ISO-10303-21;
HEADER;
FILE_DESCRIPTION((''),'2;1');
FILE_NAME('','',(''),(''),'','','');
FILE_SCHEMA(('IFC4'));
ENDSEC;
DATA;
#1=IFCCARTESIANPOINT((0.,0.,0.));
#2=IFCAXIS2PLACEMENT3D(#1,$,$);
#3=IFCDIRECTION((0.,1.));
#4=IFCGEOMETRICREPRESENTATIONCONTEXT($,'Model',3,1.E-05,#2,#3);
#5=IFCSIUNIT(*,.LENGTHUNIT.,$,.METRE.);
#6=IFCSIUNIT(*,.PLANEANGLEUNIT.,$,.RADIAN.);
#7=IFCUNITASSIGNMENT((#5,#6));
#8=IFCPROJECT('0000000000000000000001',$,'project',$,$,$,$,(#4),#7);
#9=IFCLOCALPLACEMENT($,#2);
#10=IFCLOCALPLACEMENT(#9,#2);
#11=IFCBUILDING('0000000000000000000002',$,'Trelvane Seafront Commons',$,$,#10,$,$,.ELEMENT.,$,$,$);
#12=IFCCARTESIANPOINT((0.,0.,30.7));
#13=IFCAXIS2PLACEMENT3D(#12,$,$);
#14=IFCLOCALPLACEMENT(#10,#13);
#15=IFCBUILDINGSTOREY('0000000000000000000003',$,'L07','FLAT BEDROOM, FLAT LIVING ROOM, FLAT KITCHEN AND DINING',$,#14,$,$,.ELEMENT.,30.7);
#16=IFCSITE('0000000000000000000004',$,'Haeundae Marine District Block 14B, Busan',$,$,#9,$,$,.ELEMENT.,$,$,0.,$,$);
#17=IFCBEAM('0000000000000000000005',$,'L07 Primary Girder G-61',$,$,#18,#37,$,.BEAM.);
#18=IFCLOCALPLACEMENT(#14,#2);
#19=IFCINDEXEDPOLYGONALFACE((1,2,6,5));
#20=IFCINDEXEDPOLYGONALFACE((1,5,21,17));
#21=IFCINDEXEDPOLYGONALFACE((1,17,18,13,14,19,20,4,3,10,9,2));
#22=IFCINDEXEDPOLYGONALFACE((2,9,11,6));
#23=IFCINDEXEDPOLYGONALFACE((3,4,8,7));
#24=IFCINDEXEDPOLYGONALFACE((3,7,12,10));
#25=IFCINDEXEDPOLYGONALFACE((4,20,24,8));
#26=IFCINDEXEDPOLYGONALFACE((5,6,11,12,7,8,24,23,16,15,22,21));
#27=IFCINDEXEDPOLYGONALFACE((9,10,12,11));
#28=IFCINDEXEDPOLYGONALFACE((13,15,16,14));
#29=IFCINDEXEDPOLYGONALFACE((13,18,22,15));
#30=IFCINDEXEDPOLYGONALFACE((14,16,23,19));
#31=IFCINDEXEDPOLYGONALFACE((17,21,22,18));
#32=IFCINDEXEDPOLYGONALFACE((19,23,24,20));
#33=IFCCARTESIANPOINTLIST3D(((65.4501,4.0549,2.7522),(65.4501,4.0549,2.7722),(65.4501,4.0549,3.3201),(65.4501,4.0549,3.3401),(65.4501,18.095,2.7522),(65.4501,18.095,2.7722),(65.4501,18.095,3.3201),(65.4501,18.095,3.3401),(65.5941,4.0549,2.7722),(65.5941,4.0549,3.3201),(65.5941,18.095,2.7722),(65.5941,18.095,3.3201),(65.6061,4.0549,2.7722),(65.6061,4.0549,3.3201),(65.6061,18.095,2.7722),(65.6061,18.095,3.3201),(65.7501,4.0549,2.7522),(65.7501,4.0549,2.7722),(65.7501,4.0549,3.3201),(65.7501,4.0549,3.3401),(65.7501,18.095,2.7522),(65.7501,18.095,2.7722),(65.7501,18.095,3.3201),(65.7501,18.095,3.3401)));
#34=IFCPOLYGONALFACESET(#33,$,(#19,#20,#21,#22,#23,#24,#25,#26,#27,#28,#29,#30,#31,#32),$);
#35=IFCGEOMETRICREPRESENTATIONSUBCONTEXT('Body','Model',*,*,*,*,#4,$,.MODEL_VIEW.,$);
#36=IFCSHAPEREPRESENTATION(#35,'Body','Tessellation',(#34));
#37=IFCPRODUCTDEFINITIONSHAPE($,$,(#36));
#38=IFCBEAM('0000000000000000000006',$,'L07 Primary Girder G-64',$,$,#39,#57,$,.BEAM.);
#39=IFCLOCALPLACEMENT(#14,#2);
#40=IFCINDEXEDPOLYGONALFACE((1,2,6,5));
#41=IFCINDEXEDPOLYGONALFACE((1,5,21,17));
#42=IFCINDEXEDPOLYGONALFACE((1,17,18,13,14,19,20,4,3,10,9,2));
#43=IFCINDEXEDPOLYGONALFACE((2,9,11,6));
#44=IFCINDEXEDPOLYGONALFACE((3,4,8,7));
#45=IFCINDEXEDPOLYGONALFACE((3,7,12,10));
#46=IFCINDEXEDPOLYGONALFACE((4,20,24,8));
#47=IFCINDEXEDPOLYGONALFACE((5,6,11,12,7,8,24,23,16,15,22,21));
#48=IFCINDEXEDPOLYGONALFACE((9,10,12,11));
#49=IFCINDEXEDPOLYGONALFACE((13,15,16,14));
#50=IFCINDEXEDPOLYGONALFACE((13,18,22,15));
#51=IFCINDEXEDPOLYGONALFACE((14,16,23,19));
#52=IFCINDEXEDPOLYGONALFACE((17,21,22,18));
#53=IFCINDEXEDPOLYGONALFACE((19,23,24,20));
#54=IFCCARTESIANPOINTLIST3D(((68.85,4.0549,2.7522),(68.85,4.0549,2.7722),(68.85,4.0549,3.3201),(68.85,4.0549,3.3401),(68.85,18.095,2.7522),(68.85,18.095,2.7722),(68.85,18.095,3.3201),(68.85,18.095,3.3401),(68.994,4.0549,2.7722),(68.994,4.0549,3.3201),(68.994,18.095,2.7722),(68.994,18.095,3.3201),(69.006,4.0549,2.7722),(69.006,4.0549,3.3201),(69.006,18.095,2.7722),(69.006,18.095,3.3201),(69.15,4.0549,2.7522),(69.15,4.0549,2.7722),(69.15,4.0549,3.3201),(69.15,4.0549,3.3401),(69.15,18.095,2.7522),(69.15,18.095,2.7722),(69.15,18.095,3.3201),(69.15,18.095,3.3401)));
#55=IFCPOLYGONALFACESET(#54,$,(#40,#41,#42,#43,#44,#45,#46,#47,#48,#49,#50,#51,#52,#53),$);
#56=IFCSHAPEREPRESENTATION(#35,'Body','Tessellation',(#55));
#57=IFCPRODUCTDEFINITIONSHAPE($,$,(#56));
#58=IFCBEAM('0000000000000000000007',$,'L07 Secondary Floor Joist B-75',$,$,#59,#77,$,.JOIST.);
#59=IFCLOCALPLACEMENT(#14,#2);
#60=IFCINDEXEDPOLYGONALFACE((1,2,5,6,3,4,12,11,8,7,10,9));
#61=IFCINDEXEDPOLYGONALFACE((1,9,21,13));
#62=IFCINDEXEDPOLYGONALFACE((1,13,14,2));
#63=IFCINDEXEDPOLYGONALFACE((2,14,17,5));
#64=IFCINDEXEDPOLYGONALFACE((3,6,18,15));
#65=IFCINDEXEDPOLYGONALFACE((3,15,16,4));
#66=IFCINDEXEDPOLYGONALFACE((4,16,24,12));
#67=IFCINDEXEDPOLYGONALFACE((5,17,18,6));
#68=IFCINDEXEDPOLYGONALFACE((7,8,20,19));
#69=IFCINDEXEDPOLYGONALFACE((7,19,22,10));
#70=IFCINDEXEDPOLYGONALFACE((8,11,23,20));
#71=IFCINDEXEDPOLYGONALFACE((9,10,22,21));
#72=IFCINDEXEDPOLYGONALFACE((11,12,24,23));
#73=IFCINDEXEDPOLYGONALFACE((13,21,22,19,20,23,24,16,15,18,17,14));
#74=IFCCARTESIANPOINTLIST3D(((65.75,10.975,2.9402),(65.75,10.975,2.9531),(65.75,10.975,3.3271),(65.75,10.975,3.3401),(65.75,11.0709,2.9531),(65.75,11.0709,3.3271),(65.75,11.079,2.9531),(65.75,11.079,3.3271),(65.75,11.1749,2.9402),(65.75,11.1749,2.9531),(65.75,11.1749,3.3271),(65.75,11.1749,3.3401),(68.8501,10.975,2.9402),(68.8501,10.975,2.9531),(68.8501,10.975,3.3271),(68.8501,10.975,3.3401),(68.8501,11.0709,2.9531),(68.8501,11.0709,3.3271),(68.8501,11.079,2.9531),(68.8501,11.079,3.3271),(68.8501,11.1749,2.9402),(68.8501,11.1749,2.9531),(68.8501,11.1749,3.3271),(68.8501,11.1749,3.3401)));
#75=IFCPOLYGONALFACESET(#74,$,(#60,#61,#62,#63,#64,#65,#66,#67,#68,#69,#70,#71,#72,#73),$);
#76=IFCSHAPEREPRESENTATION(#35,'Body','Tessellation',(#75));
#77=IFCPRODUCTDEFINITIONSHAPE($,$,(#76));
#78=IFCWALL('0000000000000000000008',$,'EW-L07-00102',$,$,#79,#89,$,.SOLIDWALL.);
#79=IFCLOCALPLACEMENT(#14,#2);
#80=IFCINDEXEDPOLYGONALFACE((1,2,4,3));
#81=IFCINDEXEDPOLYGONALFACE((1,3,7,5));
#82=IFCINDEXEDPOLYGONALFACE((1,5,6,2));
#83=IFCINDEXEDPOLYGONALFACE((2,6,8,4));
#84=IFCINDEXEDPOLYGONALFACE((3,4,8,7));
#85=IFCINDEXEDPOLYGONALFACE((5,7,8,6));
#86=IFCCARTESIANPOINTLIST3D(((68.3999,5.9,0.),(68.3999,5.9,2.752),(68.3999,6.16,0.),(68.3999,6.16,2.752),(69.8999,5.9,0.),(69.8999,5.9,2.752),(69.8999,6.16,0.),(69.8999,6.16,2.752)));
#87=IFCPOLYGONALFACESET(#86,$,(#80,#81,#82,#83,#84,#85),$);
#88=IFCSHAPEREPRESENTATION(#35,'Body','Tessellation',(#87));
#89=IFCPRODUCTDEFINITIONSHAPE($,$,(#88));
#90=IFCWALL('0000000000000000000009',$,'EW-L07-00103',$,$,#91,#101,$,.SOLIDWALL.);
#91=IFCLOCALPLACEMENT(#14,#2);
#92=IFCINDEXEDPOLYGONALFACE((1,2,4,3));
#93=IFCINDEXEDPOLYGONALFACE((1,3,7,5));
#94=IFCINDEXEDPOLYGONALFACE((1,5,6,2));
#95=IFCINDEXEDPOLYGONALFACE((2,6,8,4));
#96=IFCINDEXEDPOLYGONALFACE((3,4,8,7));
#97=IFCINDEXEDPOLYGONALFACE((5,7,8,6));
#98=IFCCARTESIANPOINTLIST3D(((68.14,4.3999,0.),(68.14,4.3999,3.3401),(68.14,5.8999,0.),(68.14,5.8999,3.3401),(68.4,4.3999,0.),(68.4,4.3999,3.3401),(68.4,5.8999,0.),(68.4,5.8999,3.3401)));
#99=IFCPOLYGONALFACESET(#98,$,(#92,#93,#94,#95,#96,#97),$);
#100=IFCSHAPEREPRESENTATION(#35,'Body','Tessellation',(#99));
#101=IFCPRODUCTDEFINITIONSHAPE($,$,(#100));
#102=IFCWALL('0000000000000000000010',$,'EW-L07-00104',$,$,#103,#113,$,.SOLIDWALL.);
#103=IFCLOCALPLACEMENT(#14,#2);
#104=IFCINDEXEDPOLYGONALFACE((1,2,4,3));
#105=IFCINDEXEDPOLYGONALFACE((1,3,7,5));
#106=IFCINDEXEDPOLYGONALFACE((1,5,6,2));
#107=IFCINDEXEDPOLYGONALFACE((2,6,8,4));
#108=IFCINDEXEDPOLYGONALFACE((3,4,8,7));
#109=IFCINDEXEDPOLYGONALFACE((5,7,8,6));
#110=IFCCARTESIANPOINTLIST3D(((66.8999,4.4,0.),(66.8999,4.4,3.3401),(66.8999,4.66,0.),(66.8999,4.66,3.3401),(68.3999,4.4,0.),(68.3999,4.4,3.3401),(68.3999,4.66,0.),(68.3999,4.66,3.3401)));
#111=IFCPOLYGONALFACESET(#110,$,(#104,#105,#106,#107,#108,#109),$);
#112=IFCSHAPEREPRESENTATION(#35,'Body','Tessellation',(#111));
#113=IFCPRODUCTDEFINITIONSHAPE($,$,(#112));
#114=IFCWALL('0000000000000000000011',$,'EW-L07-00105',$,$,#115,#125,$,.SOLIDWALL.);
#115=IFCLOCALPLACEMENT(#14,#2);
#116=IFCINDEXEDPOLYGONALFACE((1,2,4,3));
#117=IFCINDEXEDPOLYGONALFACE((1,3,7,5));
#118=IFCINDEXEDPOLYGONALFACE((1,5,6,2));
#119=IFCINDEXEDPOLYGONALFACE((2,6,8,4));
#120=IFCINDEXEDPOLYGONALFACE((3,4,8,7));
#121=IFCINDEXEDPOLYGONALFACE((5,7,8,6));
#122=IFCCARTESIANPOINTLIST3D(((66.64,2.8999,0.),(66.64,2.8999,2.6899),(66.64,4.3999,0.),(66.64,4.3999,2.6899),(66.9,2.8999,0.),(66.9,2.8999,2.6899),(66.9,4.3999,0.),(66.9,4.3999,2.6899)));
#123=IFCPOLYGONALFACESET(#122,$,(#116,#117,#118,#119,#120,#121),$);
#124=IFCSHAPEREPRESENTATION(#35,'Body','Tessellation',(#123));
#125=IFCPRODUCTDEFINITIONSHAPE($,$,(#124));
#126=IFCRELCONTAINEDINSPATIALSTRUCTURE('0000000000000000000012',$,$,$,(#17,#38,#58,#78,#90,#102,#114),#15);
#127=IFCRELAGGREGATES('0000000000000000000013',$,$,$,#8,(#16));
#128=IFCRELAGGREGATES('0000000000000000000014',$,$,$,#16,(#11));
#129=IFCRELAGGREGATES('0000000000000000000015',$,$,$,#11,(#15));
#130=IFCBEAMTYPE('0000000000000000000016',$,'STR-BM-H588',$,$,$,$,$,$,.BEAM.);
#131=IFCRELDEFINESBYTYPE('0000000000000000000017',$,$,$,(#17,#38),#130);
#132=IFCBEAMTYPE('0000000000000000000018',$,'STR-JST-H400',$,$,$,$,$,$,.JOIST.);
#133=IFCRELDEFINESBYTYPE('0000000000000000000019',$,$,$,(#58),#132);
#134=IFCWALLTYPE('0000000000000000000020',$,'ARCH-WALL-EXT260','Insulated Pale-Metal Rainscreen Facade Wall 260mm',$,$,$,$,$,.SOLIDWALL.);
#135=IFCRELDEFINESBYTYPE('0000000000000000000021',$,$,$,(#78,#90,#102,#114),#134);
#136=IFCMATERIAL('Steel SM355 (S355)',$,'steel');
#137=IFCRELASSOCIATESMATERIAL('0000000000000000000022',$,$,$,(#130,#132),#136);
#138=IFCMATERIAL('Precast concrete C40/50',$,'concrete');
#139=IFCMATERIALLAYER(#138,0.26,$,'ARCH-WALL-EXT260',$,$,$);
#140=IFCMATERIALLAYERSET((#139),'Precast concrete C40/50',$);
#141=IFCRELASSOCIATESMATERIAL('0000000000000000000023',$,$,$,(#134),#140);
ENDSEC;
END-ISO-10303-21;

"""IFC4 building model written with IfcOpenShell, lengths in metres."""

from ifc_helpers import new_model, si_unit, direction, frame, frame_2d, origin, origin_2d, place, context, subcontext, project, spatial, rectangle, i_section, extrude, source, transform, mapped, material, layer, layer_set, material_profile, profile_set, type_object, element, save


model = new_model("IFC4")

# Units and contexts
model_context = context("Model", 3, precision=1e-05, world=origin(), true_north=direction((0.0, 1.0)))
body_context = subcontext(model_context, "Body", "Model", "MODEL_VIEW")
ifc_project = project(units=[si_unit("LENGTHUNIT", "METRE"), si_unit("PLANEANGLEUNIT", "RADIAN")], contexts=[model_context])

# Site, building, storey
site_placement = place(None, origin())
site = spatial("IfcSite", under=ifc_project, at=site_placement, Name="Haeundae Marine District Block 14B, Busan", CompositionType="ELEMENT", RefElevation=0.0)
building_placement = place(site_placement, origin())
building = spatial("IfcBuilding", under=site, at=building_placement, Name="Trelvane Seafront Commons", CompositionType="ELEMENT")
storey_placement = place(building_placement, frame((0.0, 0.0, 30.7)))
storey = spatial("IfcBuildingStorey", under=building, at=storey_placement, Name="L07", Description="FLAT BEDROOM, FLAT LIVING ROOM, FLAT KITCHEN AND DINING", CompositionType="ELEMENT", Elevation=30.7)

# Beams
ifc_material_1 = material(Name="Steel SM355 (S355)", Category="steel")
ifc_material_profile_1 = material_profile(ifc_material_1, i_section(OverallWidth=0.3, OverallDepth=0.5879, WebThickness=0.012, FlangeThickness=0.02, at=origin_2d()), Name="H-588x300x12x20")
ifc_profile_set_1 = profile_set([ifc_material_profile_1], Name="Steel SM355 (S355)")
beam_type_1 = type_object("IfcBeamType", Name="STR-BM-H588", PredefinedType="BEAM", material=ifc_profile_set_1)
shared_shape_1 = source(origin(), body_context, "Body", "SweptSolid", [
    extrude(i_section(OverallWidth=0.3, OverallDepth=0.5879, WebThickness=0.012, FlangeThickness=0.02, at=origin_2d()), origin(), (0.0, 0.0, 1.0), 14.04),
])
for number, where, z_axis, x_axis, name in (
    (1, (65.6001, 4.0549, 3.0461), (0.0, 1.0, 0.0), (-1.0, 0.0, 0.0), "L07 Primary Girder G-61"),
    (2, (69.0, 4.0549, 3.0461), (0.0, 1.0, 0.0), (-1.0, 0.0, 0.0), "L07 Primary Girder G-64"),
):
    element("IfcBeam", number, at=place(storey_placement, frame(where, z_axis=z_axis, x_axis=x_axis)), inside=storey, type_object=beam_type_1, Name=name, PredefinedType="BEAM", context=body_context, shape_type="MappedRepresentation", body=[
        mapped(shared_shape_1, transform((0.0, 0.0, 0.0), x_axis=(1.0, 0.0, 0.0), y_axis=(0.0, 1.0, 0.0), z_axis=(0.0, 0.0, 1.0), scale=1.0)),
    ])
ifc_material_profile_2 = material_profile(ifc_material_1, i_section(OverallWidth=0.2, OverallDepth=0.3999, WebThickness=0.0081, FlangeThickness=0.0129, at=origin_2d()), Name="H-400x200x8x13")
ifc_profile_set_2 = profile_set([ifc_material_profile_2], Name="Steel SM355 (S355)")
beam_type_2 = type_object("IfcBeamType", Name="STR-JST-H400", PredefinedType="JOIST", material=ifc_profile_set_2)
shared_shape_2 = source(origin(), body_context, "Body", "SweptSolid", [
    extrude(i_section(OverallWidth=0.2, OverallDepth=0.3999, WebThickness=0.0081, FlangeThickness=0.0129, at=origin_2d()), origin(), (0.0, 0.0, 1.0), 3.1001),
])
beam_placement = place(storey_placement, frame((65.75, 11.075, 3.1401), z_axis=(1.0, 0.0, 0.0), x_axis=(0.0, 1.0, 0.0)))
element("IfcBeam", 3, at=beam_placement, inside=storey, type_object=beam_type_2, Name="L07 Secondary Floor Joist B-75", PredefinedType="JOIST", context=body_context, shape_type="MappedRepresentation", body=[
    mapped(shared_shape_2, transform((0.0, 0.0, 0.0), x_axis=(1.0, 0.0, 0.0), y_axis=(0.0, 1.0, 0.0), z_axis=(0.0, 0.0, 1.0), scale=1.0)),
])

# Walls
ifc_material_2 = material(Name="Precast concrete C40/50", Category="concrete")
ifc_layer = layer(ifc_material_2, 0.26, Name="ARCH-WALL-EXT260")
ifc_layer_set = layer_set([ifc_layer], Name="Precast concrete C40/50")
wall_type = type_object("IfcWallType", Name="ARCH-WALL-EXT260", Description="Insulated Pale-Metal Rainscreen Facade Wall 260mm", PredefinedType="SOLIDWALL", material=ifc_layer_set)
wall_1_placement = place(storey_placement, frame((69.8999, 6.03, 0.0), z_axis=(0.0, 0.0, 1.0), x_axis=(-1.0, 0.0, 0.0)))
element("IfcWall", 4, at=wall_1_placement, inside=storey, type_object=wall_type, Name="EW-L07-00102", PredefinedType="SOLIDWALL", context=body_context, shape_type="SweptSolid", body=[
    extrude(rectangle(XDim=1.5, YDim=0.26, at=frame_2d((0.75, 0.0))), origin(), (0.0, 0.0, 1.0), 2.752),
])
for number, where, z_axis, x_axis, name in (
    (5, (68.27, 5.8999, 0.0), (0.0, 0.0, 1.0), (0.0, -1.0, 0.0), "EW-L07-00103"),
    (6, (68.3999, 4.53, 0.0), (0.0, 0.0, 1.0), (-1.0, 0.0, 0.0), "EW-L07-00104"),
):
    element("IfcWall", number, at=place(storey_placement, frame(where, z_axis=z_axis, x_axis=x_axis)), inside=storey, type_object=wall_type, Name=name, PredefinedType="SOLIDWALL", context=body_context, shape_type="SweptSolid", body=[
        extrude(rectangle(XDim=1.5, YDim=0.26, at=frame_2d((0.75, 0.0))), origin(), (0.0, 0.0, 1.0), 3.3401),
    ])
wall_2_placement = place(storey_placement, frame((66.77, 4.3999, 0.0), z_axis=(0.0, 0.0, 1.0), x_axis=(0.0, -1.0, 0.0)))
element("IfcWall", 7, at=wall_2_placement, inside=storey, type_object=wall_type, Name="EW-L07-00105", PredefinedType="SOLIDWALL", context=body_context, shape_type="SweptSolid", body=[
    extrude(rectangle(XDim=1.5, YDim=0.26, at=frame_2d((0.75, 0.0))), origin(), (0.0, 0.0, 1.0), 2.6899),
])

save(model, "model.ifc")
